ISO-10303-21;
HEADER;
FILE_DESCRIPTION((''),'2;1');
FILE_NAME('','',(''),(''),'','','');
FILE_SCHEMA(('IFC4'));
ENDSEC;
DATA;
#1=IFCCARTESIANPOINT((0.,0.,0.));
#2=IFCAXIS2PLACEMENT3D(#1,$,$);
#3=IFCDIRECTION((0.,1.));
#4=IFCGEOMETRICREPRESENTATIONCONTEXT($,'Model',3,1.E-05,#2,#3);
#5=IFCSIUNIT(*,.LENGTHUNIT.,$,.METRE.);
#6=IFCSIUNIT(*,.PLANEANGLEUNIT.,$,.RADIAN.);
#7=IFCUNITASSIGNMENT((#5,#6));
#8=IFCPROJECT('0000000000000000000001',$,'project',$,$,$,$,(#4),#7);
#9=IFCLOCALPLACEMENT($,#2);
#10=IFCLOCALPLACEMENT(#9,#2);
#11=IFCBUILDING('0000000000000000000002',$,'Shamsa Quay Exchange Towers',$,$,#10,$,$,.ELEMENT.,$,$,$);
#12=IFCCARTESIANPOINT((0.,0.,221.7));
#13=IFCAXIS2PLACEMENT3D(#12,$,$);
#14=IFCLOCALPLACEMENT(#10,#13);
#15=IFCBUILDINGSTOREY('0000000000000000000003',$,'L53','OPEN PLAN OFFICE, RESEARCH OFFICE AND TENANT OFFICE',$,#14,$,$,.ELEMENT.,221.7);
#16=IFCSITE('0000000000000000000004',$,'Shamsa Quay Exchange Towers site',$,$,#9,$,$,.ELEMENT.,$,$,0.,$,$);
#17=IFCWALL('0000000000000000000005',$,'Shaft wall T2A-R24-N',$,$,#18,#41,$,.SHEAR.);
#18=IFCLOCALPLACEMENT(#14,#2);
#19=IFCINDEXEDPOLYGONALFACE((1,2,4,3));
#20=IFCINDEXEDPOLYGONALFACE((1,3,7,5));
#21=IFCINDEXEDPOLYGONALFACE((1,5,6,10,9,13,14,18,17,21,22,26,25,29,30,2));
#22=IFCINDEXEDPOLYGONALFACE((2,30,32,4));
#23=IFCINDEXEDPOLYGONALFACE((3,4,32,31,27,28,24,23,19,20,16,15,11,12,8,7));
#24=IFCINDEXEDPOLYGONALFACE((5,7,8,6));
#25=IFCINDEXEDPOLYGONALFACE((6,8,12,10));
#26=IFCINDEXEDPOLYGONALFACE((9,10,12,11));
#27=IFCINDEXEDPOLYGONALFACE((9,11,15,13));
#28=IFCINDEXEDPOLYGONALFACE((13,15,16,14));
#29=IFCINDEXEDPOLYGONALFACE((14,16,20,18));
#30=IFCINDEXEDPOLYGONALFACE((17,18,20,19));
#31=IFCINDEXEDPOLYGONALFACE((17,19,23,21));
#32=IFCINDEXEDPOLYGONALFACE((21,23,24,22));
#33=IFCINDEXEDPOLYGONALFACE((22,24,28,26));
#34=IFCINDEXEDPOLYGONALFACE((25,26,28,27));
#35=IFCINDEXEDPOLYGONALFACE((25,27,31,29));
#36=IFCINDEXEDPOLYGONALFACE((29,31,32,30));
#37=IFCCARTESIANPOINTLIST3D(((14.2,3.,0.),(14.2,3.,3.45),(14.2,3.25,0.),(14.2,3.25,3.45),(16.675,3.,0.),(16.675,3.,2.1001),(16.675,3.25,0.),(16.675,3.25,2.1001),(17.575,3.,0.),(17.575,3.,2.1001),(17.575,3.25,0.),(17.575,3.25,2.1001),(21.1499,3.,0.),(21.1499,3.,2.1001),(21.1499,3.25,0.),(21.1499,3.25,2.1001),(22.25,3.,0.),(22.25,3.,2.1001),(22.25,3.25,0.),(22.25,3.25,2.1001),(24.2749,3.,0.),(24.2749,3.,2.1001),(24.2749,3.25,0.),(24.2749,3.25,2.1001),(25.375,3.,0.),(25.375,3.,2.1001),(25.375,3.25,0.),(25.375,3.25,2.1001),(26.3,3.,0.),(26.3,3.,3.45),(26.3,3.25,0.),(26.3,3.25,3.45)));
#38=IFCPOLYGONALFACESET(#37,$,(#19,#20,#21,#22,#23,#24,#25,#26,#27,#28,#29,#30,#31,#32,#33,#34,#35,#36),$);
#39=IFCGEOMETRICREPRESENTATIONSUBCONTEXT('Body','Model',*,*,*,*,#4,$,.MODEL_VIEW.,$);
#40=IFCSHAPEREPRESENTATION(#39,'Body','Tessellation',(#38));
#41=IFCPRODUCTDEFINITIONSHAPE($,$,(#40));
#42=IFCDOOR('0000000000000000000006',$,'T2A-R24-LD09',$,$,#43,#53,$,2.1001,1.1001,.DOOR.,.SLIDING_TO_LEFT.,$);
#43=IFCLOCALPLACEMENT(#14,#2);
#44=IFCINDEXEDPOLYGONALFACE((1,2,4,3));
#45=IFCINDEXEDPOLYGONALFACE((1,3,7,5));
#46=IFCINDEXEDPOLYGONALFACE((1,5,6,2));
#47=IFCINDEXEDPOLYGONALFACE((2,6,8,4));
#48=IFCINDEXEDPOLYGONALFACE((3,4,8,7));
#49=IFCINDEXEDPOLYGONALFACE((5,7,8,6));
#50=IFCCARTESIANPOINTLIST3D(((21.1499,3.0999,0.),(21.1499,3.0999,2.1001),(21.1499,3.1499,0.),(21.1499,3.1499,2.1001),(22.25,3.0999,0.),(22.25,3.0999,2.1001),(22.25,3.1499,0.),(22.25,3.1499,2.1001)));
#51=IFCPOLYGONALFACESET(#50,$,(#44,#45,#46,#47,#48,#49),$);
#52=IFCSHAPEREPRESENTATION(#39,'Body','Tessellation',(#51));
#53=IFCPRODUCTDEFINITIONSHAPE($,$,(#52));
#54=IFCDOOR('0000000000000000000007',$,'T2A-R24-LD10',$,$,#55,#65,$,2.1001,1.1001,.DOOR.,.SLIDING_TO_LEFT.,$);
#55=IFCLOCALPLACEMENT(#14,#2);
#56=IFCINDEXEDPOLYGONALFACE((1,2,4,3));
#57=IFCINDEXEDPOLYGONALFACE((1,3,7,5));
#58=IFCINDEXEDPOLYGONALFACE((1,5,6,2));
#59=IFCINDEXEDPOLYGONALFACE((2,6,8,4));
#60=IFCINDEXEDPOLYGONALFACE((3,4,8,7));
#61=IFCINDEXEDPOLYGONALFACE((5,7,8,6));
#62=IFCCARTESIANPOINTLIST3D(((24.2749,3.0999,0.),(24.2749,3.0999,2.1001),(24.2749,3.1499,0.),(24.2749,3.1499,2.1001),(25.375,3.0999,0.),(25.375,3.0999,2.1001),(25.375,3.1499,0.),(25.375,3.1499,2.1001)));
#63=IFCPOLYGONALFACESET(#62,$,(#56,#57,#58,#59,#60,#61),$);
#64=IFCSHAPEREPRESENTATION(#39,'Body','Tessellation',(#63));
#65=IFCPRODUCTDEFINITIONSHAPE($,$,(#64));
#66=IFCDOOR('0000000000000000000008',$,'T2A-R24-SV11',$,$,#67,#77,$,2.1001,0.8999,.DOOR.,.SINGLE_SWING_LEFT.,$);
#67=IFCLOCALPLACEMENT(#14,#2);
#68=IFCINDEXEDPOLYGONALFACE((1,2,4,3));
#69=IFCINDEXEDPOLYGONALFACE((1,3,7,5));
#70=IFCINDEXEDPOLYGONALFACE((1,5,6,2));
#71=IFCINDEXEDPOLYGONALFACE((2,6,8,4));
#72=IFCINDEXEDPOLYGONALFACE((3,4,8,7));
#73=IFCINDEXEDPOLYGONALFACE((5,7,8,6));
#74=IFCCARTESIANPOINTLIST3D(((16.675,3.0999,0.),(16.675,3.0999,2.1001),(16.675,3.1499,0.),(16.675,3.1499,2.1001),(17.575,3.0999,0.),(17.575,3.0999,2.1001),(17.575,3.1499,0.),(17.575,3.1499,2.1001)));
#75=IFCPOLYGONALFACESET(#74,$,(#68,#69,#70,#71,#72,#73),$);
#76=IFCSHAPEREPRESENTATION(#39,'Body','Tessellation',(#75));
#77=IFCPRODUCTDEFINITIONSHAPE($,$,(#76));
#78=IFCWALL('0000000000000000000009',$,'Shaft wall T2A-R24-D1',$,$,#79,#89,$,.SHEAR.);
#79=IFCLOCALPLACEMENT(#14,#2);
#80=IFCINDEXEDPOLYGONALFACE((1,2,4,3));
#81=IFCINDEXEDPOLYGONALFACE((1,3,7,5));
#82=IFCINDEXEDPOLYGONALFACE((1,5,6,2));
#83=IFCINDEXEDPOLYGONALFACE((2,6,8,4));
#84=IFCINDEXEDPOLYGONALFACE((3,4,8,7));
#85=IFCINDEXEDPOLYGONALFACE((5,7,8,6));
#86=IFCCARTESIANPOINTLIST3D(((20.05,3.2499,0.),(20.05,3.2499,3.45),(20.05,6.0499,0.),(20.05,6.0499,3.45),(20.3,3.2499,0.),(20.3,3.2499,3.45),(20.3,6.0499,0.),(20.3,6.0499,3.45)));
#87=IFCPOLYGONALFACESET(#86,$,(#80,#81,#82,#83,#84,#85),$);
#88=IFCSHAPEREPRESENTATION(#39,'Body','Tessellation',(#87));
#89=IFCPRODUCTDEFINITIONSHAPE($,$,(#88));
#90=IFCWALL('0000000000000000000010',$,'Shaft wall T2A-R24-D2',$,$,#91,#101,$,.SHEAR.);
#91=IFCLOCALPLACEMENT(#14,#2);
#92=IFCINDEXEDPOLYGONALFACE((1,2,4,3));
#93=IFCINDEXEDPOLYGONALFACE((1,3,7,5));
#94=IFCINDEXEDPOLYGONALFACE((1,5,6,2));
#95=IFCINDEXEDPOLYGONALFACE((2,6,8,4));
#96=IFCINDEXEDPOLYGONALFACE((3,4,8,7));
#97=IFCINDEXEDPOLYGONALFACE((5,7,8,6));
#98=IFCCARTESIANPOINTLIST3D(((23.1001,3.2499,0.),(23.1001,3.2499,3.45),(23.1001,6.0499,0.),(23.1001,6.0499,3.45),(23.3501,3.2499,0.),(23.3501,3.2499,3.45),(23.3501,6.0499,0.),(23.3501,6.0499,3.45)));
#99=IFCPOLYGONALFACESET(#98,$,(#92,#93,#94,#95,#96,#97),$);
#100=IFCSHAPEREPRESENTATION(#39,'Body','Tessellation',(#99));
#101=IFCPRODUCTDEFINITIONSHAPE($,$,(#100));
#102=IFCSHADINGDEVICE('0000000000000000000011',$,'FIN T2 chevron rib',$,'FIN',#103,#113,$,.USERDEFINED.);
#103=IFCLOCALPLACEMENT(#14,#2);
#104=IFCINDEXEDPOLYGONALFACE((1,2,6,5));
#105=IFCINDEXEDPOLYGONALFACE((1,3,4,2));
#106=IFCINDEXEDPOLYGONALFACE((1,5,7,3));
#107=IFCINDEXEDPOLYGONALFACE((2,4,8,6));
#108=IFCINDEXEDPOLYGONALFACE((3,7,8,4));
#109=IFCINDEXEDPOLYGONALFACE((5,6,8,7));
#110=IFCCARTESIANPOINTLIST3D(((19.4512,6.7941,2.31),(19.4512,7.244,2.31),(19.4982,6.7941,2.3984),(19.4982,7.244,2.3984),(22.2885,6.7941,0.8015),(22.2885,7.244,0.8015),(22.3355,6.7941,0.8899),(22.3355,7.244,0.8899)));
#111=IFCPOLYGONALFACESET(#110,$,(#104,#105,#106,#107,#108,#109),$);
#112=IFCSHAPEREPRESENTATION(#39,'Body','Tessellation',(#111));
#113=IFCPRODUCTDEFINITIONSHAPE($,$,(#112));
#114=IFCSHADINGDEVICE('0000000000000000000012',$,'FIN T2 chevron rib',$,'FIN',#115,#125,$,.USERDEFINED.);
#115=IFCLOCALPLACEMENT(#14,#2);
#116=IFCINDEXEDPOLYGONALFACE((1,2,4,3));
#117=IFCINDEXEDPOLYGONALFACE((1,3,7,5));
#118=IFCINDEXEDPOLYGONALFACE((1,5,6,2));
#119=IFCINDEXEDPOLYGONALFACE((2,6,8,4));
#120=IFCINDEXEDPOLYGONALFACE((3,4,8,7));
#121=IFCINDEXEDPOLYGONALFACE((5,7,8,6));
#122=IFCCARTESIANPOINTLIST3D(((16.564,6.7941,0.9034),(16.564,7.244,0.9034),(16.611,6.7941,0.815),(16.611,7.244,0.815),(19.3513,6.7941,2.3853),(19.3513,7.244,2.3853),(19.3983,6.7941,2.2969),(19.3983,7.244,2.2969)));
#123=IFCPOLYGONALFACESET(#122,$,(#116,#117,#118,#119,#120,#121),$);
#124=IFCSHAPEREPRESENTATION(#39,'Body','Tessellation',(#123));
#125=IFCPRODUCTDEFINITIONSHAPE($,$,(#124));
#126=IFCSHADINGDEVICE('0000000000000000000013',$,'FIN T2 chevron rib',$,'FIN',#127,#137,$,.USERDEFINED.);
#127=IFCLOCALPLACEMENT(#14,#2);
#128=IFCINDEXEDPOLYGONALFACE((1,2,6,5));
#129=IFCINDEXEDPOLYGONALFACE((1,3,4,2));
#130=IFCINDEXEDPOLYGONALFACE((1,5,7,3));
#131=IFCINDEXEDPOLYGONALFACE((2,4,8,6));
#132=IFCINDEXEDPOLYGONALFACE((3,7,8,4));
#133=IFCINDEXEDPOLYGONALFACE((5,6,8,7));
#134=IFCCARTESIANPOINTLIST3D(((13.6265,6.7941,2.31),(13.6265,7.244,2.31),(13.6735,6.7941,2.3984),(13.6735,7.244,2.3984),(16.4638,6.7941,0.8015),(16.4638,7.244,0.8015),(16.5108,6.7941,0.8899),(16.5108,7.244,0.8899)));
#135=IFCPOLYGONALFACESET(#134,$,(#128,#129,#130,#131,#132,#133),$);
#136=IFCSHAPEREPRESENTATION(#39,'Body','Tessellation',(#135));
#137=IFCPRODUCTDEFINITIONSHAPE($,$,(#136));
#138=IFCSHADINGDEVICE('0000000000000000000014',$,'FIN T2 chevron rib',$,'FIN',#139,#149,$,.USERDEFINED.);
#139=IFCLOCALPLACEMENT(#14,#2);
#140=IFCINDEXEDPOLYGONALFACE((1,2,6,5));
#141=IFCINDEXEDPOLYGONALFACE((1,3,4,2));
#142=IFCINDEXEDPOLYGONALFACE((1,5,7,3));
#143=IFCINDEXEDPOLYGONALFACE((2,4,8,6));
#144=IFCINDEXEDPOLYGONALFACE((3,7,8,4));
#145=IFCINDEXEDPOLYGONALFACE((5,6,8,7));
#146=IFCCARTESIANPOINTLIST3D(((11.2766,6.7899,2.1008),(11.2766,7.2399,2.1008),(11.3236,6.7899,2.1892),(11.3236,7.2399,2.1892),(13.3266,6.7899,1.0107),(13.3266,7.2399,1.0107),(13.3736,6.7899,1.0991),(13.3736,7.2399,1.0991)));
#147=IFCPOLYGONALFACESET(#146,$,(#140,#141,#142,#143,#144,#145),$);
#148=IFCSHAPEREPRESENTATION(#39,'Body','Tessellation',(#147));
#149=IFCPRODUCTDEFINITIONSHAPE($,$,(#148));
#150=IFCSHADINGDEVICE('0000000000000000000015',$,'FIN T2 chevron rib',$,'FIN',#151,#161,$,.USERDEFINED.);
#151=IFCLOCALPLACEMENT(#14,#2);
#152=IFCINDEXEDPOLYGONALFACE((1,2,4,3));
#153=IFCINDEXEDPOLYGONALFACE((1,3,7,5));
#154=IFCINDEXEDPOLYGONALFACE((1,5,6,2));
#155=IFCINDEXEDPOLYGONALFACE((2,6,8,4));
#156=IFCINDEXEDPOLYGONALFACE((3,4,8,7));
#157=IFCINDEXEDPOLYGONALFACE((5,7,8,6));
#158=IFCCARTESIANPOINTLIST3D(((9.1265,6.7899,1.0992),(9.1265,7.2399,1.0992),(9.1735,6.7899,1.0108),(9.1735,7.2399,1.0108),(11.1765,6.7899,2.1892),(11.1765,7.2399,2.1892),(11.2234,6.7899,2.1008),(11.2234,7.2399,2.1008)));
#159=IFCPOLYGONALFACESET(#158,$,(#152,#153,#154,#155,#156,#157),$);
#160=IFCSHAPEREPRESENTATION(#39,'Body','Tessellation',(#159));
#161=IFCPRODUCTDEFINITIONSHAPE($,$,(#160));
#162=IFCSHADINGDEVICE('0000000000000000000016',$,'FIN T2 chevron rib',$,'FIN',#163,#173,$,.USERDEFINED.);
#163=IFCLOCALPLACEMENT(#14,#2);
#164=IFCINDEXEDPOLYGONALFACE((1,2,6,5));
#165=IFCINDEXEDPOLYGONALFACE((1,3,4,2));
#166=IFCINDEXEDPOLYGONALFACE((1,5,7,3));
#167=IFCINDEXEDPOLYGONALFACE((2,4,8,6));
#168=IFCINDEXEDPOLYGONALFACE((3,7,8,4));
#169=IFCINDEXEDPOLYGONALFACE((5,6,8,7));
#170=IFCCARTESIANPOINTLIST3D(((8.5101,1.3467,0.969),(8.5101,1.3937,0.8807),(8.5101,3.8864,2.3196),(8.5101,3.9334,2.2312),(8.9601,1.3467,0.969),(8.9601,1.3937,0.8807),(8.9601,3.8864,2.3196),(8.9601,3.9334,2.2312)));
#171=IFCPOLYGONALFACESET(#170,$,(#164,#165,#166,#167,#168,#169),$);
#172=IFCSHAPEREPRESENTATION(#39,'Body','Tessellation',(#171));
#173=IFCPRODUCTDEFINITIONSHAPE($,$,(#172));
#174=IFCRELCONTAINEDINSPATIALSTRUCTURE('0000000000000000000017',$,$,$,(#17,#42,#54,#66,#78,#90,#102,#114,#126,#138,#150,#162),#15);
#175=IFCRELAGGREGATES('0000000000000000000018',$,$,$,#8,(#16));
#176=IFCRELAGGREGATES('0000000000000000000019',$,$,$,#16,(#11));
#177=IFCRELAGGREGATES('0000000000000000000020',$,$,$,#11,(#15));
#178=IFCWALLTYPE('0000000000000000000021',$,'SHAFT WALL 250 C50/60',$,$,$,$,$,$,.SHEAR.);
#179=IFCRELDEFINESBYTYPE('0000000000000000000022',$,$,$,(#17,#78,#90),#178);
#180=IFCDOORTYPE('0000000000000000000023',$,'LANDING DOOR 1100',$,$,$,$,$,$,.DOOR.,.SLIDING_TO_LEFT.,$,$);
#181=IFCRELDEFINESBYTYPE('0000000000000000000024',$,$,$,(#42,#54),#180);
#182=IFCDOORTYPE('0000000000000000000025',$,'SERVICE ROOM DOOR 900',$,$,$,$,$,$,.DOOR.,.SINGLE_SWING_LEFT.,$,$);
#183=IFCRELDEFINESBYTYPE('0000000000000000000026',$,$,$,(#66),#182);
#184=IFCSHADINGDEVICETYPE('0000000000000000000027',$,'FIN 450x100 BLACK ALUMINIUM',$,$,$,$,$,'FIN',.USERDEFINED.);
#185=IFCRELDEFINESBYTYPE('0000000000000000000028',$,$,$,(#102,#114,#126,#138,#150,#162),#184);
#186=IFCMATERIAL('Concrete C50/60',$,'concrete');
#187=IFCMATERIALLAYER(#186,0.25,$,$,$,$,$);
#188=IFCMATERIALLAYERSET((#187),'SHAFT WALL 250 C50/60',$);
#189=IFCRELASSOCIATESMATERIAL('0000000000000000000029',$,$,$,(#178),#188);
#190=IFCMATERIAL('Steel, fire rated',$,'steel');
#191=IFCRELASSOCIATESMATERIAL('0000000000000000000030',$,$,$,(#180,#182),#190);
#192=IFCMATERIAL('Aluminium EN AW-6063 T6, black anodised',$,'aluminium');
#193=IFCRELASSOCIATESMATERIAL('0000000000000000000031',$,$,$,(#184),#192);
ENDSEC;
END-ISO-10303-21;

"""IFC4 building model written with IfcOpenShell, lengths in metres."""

from ifc_helpers import new_model, si_unit, direction, frame, frame_2d, origin, origin_2d, place, context, subcontext, project, spatial, rectangle, extrude, material, layer, layer_set, material_profile, profile_set, type_object, element, fill, save


model = new_model("IFC4")

# Units and contexts
model_context = context("Model", 3, precision=1e-05, world=origin(), true_north=direction((0.0, 1.0)))
body_context = subcontext(model_context, "Body", "Model", "MODEL_VIEW")
ifc_project = project(units=[si_unit("LENGTHUNIT", "METRE"), si_unit("PLANEANGLEUNIT", "RADIAN")], contexts=[model_context])

# Site, building, storey
site_placement = place(None, origin())
site = spatial("IfcSite", under=ifc_project, at=site_placement, Name="Shamsa Quay Exchange Towers site", CompositionType="ELEMENT", RefElevation=0.0)
building_placement = place(site_placement, origin())
building = spatial("IfcBuilding", under=site, at=building_placement, Name="Shamsa Quay Exchange Towers", CompositionType="ELEMENT")
storey_placement = place(building_placement, frame((0.0, 0.0, 221.7)))
storey = spatial("IfcBuildingStorey", under=building, at=storey_placement, Name="L53", Description="OPEN PLAN OFFICE, RESEARCH OFFICE AND TENANT OFFICE", CompositionType="ELEMENT", Elevation=221.7)

# Shared definitions
ifc_material_1 = material(Name="Aluminium EN AW-6063 T6, black anodised", Category="aluminium")

# Shared definitions
ifc_material_2 = material(Name="Steel, fire rated", Category="steel")

# Wall, openings, doors
ifc_material_3 = material(Name="Concrete C50/60", Category="concrete")
ifc_layer_1 = layer(ifc_material_3, 0.25)
ifc_layer_set_1 = layer_set([ifc_layer_1], Name="SHAFT WALL 250 C50/60")
wall_type_1 = type_object("IfcWallType", Name="SHAFT WALL 250 C50/60", PredefinedType="SHEAR", material=ifc_layer_set_1)
wall_1_placement = place(storey_placement, frame((14.2, 3.125, 0.0)))
wall_1 = element("IfcWall", 1, at=wall_1_placement, inside=storey, type_object=wall_type_1, Name="Shaft wall T2A-R24-N", PredefinedType="SHEAR", context=body_context, shape_type="SweptSolid", body=[
    extrude(rectangle(XDim=12.1001, YDim=0.25, at=frame_2d((6.05, 0.0))), origin(), (0.0, 0.0, 1.0), 3.45),
])
opening_1_placement = place(wall_1_placement, frame((6.95, 0.0, 0.0)))
opening_1 = element("IfcOpeningElement", 2, at=opening_1_placement, cuts=wall_1, PredefinedType="OPENING", context=body_context, shape_type="SweptSolid", body=[
    extrude(rectangle(XDim=1.1001, YDim=2.1001, at=frame_2d((0.55, 1.05))), frame((0.0, 0.135, 0.0), z_axis=(0.0, -1.0, 0.0), x_axis=(1.0, 0.0, 0.0)), (0.0, 0.0, 1.0), 0.27),
])
opening_2_placement = place(wall_1_placement, frame((10.075, 0.0, 0.0)))
opening_2 = element("IfcOpeningElement", 3, at=opening_2_placement, cuts=wall_1, PredefinedType="OPENING", context=body_context, shape_type="SweptSolid", body=[
    extrude(rectangle(XDim=1.1001, YDim=2.1001, at=frame_2d((0.55, 1.05))), frame((0.0, 0.135, 0.0), z_axis=(0.0, -1.0, 0.0), x_axis=(1.0, 0.0, 0.0)), (0.0, 0.0, 1.0), 0.27),
])
opening_3_placement = place(wall_1_placement, frame((2.4751, 0.0, 0.0)))
opening_3 = element("IfcOpeningElement", 4, at=opening_3_placement, cuts=wall_1, PredefinedType="OPENING", context=body_context, shape_type="SweptSolid", body=[
    extrude(rectangle(XDim=0.8999, YDim=2.1001, at=frame_2d((0.45, 1.05))), frame((0.0, 0.135, 0.0), z_axis=(0.0, -1.0, 0.0), x_axis=(1.0, 0.0, 0.0)), (0.0, 0.0, 1.0), 0.27),
])
door_type_1 = type_object("IfcDoorType", Name="LANDING DOOR 1100", OperationType="SLIDING_TO_LEFT", PredefinedType="DOOR", material=ifc_material_2)
door_1_placement = place(opening_1_placement, origin())
door_1 = element("IfcDoor", 5, at=door_1_placement, inside=storey, type_object=door_type_1, Name="T2A-R24-LD09", OperationType="SLIDING_TO_LEFT", OverallHeight=2.1001, OverallWidth=1.1001, PredefinedType="DOOR", context=body_context, shape_type="SweptSolid", body=[
    extrude(rectangle(XDim=1.1001, YDim=2.1001, at=frame_2d((0.55, 1.05))), frame((0.0, 0.0249, 0.0), z_axis=(0.0, -1.0, 0.0), x_axis=(1.0, 0.0, 0.0)), (0.0, 0.0, 1.0), 0.05),
])
fill(opening_1, door_1)
door_2_placement = place(opening_2_placement, origin())
door_2 = element("IfcDoor", 6, at=door_2_placement, inside=storey, type_object=door_type_1, Name="T2A-R24-LD10", OperationType="SLIDING_TO_LEFT", OverallHeight=2.1001, OverallWidth=1.1001, PredefinedType="DOOR", context=body_context, shape_type="SweptSolid", body=[
    extrude(rectangle(XDim=1.1001, YDim=2.1001, at=frame_2d((0.55, 1.05))), frame((0.0, 0.0249, 0.0), z_axis=(0.0, -1.0, 0.0), x_axis=(1.0, 0.0, 0.0)), (0.0, 0.0, 1.0), 0.05),
])
fill(opening_2, door_2)
door_type_2 = type_object("IfcDoorType", Name="SERVICE ROOM DOOR 900", OperationType="SINGLE_SWING_LEFT", PredefinedType="DOOR", material=ifc_material_2)
door_3_placement = place(opening_3_placement, origin())
door_3 = element("IfcDoor", 7, at=door_3_placement, inside=storey, type_object=door_type_2, Name="T2A-R24-SV11", OperationType="SINGLE_SWING_LEFT", OverallHeight=2.1001, OverallWidth=0.8999, PredefinedType="DOOR", context=body_context, shape_type="SweptSolid", body=[
    extrude(rectangle(XDim=0.8999, YDim=2.1001, at=frame_2d((0.45, 1.05))), frame((0.0, 0.0249, 0.0), z_axis=(0.0, -1.0, 0.0), x_axis=(1.0, 0.0, 0.0)), (0.0, 0.0, 1.0), 0.05),
])
fill(opening_3, door_3)

# Walls
for number, where, z_axis, x_axis, name in (
    (8, (20.175, 3.25, 0.0), (0.0, 0.0, 1.0), (0.0, 1.0, 0.0), "Shaft wall T2A-R24-D1"),
    (9, (23.2251, 3.25, 0.0), (0.0, 0.0, 1.0), (0.0, 1.0, 0.0), "Shaft wall T2A-R24-D2"),
):
    element("IfcWall", number, at=place(storey_placement, frame(where, z_axis=z_axis, x_axis=x_axis)), inside=storey, type_object=wall_type_1, Name=name, PredefinedType="SHEAR", context=body_context, shape_type="SweptSolid", body=[
        extrude(rectangle(XDim=2.8, YDim=0.25, at=frame_2d((1.3999, 0.0))), origin(), (0.0, 0.0, 1.0), 3.45),
    ])

# Shading devices
ifc_material_profile_1 = material_profile(ifc_material_1, rectangle(XDim=0.45, YDim=0.1001, at=origin_2d()), Name="FIN450x100")
ifc_profile_set_1 = profile_set([ifc_material_profile_1], Name="Aluminium EN AW-6063 T6, black anodised")
shading_device_type = type_object("IfcShadingDeviceType", Name="FIN 450x100 BLACK ALUMINIUM", ElementType="FIN", PredefinedType="USERDEFINED", material=ifc_profile_set_1)
shading_device_1_placement = place(storey_placement, frame((22.312, 7.019, 0.8457), z_axis=(-0.882964, 0.0, 0.46944), x_axis=(0.0, -1.0, 0.0)))
element("IfcShadingDevice", 10, at=shading_device_1_placement, inside=storey, type_object=shading_device_type, Name="FIN T2 chevron rib", ObjectType="FIN", PredefinedType="USERDEFINED", context=body_context, shape_type="SweptSolid", body=[
    extrude(rectangle(XDim=0.45, YDim=0.1001, at=origin_2d()), origin(), (0.0, 0.0, 1.0), 3.2134),
])
shading_device_2_placement = place(storey_placement, frame((19.3748, 7.019, 2.3411), z_axis=(-0.882964, 0.0, -0.46944), x_axis=(0.0, -1.0, 0.0)))
element("IfcShadingDevice", 11, at=shading_device_2_placement, inside=storey, type_object=shading_device_type, Name="FIN T2 chevron rib", ObjectType="FIN", PredefinedType="USERDEFINED", context=body_context, shape_type="SweptSolid", body=[
    extrude(rectangle(XDim=0.45, YDim=0.1001, at=origin_2d()), origin(), (0.0, 0.0, 1.0), 3.1567),
])
shading_device_3_placement = place(storey_placement, frame((16.4873, 7.019, 0.8457), z_axis=(-0.882964, 0.0, 0.46944), x_axis=(0.0, -1.0, 0.0)))
element("IfcShadingDevice", 12, at=shading_device_3_placement, inside=storey, type_object=shading_device_type, Name="FIN T2 chevron rib", ObjectType="FIN", PredefinedType="USERDEFINED", context=body_context, shape_type="SweptSolid", body=[
    extrude(rectangle(XDim=0.45, YDim=0.1001, at=origin_2d()), origin(), (0.0, 0.0, 1.0), 3.2134),
])
for number, where, z_axis, x_axis, name in (
    (13, (13.3501, 7.0149, 1.0549), (-0.882937, 0.0, 0.469491), (0.0, -1.0, 0.0), "FIN T2 chevron rib"),
    (14, (11.2, 7.0149, 2.145), (-0.882937, 0.0, -0.469491), (0.0, -1.0, 0.0), "FIN T2 chevron rib"),
):
    element("IfcShadingDevice", number, at=place(storey_placement, frame(where, z_axis=z_axis, x_axis=x_axis)), inside=storey, type_object=shading_device_type, Name=name, ObjectType="FIN", PredefinedType="USERDEFINED", context=body_context, shape_type="SweptSolid", body=[
        extrude(rectangle(XDim=0.45, YDim=0.1001, at=origin_2d()), origin(), (0.0, 0.0, 1.0), 2.3218),
    ])
shading_device_4_placement = place(storey_placement, frame((8.7351, 3.9099, 2.2754), z_axis=(0.0, -0.882926, -0.469513), x_axis=(1.0, 0.0, 0.0)))
element("IfcShadingDevice", 15, at=shading_device_4_placement, inside=storey, type_object=shading_device_type, Name="FIN T2 chevron rib", ObjectType="FIN", PredefinedType="USERDEFINED", context=body_context, shape_type="SweptSolid", body=[
    extrude(rectangle(XDim=0.45, YDim=0.1001, at=origin_2d()), origin(), (0.0, 0.0, 1.0), 2.8765),
])

save(model, "model.ifc")
